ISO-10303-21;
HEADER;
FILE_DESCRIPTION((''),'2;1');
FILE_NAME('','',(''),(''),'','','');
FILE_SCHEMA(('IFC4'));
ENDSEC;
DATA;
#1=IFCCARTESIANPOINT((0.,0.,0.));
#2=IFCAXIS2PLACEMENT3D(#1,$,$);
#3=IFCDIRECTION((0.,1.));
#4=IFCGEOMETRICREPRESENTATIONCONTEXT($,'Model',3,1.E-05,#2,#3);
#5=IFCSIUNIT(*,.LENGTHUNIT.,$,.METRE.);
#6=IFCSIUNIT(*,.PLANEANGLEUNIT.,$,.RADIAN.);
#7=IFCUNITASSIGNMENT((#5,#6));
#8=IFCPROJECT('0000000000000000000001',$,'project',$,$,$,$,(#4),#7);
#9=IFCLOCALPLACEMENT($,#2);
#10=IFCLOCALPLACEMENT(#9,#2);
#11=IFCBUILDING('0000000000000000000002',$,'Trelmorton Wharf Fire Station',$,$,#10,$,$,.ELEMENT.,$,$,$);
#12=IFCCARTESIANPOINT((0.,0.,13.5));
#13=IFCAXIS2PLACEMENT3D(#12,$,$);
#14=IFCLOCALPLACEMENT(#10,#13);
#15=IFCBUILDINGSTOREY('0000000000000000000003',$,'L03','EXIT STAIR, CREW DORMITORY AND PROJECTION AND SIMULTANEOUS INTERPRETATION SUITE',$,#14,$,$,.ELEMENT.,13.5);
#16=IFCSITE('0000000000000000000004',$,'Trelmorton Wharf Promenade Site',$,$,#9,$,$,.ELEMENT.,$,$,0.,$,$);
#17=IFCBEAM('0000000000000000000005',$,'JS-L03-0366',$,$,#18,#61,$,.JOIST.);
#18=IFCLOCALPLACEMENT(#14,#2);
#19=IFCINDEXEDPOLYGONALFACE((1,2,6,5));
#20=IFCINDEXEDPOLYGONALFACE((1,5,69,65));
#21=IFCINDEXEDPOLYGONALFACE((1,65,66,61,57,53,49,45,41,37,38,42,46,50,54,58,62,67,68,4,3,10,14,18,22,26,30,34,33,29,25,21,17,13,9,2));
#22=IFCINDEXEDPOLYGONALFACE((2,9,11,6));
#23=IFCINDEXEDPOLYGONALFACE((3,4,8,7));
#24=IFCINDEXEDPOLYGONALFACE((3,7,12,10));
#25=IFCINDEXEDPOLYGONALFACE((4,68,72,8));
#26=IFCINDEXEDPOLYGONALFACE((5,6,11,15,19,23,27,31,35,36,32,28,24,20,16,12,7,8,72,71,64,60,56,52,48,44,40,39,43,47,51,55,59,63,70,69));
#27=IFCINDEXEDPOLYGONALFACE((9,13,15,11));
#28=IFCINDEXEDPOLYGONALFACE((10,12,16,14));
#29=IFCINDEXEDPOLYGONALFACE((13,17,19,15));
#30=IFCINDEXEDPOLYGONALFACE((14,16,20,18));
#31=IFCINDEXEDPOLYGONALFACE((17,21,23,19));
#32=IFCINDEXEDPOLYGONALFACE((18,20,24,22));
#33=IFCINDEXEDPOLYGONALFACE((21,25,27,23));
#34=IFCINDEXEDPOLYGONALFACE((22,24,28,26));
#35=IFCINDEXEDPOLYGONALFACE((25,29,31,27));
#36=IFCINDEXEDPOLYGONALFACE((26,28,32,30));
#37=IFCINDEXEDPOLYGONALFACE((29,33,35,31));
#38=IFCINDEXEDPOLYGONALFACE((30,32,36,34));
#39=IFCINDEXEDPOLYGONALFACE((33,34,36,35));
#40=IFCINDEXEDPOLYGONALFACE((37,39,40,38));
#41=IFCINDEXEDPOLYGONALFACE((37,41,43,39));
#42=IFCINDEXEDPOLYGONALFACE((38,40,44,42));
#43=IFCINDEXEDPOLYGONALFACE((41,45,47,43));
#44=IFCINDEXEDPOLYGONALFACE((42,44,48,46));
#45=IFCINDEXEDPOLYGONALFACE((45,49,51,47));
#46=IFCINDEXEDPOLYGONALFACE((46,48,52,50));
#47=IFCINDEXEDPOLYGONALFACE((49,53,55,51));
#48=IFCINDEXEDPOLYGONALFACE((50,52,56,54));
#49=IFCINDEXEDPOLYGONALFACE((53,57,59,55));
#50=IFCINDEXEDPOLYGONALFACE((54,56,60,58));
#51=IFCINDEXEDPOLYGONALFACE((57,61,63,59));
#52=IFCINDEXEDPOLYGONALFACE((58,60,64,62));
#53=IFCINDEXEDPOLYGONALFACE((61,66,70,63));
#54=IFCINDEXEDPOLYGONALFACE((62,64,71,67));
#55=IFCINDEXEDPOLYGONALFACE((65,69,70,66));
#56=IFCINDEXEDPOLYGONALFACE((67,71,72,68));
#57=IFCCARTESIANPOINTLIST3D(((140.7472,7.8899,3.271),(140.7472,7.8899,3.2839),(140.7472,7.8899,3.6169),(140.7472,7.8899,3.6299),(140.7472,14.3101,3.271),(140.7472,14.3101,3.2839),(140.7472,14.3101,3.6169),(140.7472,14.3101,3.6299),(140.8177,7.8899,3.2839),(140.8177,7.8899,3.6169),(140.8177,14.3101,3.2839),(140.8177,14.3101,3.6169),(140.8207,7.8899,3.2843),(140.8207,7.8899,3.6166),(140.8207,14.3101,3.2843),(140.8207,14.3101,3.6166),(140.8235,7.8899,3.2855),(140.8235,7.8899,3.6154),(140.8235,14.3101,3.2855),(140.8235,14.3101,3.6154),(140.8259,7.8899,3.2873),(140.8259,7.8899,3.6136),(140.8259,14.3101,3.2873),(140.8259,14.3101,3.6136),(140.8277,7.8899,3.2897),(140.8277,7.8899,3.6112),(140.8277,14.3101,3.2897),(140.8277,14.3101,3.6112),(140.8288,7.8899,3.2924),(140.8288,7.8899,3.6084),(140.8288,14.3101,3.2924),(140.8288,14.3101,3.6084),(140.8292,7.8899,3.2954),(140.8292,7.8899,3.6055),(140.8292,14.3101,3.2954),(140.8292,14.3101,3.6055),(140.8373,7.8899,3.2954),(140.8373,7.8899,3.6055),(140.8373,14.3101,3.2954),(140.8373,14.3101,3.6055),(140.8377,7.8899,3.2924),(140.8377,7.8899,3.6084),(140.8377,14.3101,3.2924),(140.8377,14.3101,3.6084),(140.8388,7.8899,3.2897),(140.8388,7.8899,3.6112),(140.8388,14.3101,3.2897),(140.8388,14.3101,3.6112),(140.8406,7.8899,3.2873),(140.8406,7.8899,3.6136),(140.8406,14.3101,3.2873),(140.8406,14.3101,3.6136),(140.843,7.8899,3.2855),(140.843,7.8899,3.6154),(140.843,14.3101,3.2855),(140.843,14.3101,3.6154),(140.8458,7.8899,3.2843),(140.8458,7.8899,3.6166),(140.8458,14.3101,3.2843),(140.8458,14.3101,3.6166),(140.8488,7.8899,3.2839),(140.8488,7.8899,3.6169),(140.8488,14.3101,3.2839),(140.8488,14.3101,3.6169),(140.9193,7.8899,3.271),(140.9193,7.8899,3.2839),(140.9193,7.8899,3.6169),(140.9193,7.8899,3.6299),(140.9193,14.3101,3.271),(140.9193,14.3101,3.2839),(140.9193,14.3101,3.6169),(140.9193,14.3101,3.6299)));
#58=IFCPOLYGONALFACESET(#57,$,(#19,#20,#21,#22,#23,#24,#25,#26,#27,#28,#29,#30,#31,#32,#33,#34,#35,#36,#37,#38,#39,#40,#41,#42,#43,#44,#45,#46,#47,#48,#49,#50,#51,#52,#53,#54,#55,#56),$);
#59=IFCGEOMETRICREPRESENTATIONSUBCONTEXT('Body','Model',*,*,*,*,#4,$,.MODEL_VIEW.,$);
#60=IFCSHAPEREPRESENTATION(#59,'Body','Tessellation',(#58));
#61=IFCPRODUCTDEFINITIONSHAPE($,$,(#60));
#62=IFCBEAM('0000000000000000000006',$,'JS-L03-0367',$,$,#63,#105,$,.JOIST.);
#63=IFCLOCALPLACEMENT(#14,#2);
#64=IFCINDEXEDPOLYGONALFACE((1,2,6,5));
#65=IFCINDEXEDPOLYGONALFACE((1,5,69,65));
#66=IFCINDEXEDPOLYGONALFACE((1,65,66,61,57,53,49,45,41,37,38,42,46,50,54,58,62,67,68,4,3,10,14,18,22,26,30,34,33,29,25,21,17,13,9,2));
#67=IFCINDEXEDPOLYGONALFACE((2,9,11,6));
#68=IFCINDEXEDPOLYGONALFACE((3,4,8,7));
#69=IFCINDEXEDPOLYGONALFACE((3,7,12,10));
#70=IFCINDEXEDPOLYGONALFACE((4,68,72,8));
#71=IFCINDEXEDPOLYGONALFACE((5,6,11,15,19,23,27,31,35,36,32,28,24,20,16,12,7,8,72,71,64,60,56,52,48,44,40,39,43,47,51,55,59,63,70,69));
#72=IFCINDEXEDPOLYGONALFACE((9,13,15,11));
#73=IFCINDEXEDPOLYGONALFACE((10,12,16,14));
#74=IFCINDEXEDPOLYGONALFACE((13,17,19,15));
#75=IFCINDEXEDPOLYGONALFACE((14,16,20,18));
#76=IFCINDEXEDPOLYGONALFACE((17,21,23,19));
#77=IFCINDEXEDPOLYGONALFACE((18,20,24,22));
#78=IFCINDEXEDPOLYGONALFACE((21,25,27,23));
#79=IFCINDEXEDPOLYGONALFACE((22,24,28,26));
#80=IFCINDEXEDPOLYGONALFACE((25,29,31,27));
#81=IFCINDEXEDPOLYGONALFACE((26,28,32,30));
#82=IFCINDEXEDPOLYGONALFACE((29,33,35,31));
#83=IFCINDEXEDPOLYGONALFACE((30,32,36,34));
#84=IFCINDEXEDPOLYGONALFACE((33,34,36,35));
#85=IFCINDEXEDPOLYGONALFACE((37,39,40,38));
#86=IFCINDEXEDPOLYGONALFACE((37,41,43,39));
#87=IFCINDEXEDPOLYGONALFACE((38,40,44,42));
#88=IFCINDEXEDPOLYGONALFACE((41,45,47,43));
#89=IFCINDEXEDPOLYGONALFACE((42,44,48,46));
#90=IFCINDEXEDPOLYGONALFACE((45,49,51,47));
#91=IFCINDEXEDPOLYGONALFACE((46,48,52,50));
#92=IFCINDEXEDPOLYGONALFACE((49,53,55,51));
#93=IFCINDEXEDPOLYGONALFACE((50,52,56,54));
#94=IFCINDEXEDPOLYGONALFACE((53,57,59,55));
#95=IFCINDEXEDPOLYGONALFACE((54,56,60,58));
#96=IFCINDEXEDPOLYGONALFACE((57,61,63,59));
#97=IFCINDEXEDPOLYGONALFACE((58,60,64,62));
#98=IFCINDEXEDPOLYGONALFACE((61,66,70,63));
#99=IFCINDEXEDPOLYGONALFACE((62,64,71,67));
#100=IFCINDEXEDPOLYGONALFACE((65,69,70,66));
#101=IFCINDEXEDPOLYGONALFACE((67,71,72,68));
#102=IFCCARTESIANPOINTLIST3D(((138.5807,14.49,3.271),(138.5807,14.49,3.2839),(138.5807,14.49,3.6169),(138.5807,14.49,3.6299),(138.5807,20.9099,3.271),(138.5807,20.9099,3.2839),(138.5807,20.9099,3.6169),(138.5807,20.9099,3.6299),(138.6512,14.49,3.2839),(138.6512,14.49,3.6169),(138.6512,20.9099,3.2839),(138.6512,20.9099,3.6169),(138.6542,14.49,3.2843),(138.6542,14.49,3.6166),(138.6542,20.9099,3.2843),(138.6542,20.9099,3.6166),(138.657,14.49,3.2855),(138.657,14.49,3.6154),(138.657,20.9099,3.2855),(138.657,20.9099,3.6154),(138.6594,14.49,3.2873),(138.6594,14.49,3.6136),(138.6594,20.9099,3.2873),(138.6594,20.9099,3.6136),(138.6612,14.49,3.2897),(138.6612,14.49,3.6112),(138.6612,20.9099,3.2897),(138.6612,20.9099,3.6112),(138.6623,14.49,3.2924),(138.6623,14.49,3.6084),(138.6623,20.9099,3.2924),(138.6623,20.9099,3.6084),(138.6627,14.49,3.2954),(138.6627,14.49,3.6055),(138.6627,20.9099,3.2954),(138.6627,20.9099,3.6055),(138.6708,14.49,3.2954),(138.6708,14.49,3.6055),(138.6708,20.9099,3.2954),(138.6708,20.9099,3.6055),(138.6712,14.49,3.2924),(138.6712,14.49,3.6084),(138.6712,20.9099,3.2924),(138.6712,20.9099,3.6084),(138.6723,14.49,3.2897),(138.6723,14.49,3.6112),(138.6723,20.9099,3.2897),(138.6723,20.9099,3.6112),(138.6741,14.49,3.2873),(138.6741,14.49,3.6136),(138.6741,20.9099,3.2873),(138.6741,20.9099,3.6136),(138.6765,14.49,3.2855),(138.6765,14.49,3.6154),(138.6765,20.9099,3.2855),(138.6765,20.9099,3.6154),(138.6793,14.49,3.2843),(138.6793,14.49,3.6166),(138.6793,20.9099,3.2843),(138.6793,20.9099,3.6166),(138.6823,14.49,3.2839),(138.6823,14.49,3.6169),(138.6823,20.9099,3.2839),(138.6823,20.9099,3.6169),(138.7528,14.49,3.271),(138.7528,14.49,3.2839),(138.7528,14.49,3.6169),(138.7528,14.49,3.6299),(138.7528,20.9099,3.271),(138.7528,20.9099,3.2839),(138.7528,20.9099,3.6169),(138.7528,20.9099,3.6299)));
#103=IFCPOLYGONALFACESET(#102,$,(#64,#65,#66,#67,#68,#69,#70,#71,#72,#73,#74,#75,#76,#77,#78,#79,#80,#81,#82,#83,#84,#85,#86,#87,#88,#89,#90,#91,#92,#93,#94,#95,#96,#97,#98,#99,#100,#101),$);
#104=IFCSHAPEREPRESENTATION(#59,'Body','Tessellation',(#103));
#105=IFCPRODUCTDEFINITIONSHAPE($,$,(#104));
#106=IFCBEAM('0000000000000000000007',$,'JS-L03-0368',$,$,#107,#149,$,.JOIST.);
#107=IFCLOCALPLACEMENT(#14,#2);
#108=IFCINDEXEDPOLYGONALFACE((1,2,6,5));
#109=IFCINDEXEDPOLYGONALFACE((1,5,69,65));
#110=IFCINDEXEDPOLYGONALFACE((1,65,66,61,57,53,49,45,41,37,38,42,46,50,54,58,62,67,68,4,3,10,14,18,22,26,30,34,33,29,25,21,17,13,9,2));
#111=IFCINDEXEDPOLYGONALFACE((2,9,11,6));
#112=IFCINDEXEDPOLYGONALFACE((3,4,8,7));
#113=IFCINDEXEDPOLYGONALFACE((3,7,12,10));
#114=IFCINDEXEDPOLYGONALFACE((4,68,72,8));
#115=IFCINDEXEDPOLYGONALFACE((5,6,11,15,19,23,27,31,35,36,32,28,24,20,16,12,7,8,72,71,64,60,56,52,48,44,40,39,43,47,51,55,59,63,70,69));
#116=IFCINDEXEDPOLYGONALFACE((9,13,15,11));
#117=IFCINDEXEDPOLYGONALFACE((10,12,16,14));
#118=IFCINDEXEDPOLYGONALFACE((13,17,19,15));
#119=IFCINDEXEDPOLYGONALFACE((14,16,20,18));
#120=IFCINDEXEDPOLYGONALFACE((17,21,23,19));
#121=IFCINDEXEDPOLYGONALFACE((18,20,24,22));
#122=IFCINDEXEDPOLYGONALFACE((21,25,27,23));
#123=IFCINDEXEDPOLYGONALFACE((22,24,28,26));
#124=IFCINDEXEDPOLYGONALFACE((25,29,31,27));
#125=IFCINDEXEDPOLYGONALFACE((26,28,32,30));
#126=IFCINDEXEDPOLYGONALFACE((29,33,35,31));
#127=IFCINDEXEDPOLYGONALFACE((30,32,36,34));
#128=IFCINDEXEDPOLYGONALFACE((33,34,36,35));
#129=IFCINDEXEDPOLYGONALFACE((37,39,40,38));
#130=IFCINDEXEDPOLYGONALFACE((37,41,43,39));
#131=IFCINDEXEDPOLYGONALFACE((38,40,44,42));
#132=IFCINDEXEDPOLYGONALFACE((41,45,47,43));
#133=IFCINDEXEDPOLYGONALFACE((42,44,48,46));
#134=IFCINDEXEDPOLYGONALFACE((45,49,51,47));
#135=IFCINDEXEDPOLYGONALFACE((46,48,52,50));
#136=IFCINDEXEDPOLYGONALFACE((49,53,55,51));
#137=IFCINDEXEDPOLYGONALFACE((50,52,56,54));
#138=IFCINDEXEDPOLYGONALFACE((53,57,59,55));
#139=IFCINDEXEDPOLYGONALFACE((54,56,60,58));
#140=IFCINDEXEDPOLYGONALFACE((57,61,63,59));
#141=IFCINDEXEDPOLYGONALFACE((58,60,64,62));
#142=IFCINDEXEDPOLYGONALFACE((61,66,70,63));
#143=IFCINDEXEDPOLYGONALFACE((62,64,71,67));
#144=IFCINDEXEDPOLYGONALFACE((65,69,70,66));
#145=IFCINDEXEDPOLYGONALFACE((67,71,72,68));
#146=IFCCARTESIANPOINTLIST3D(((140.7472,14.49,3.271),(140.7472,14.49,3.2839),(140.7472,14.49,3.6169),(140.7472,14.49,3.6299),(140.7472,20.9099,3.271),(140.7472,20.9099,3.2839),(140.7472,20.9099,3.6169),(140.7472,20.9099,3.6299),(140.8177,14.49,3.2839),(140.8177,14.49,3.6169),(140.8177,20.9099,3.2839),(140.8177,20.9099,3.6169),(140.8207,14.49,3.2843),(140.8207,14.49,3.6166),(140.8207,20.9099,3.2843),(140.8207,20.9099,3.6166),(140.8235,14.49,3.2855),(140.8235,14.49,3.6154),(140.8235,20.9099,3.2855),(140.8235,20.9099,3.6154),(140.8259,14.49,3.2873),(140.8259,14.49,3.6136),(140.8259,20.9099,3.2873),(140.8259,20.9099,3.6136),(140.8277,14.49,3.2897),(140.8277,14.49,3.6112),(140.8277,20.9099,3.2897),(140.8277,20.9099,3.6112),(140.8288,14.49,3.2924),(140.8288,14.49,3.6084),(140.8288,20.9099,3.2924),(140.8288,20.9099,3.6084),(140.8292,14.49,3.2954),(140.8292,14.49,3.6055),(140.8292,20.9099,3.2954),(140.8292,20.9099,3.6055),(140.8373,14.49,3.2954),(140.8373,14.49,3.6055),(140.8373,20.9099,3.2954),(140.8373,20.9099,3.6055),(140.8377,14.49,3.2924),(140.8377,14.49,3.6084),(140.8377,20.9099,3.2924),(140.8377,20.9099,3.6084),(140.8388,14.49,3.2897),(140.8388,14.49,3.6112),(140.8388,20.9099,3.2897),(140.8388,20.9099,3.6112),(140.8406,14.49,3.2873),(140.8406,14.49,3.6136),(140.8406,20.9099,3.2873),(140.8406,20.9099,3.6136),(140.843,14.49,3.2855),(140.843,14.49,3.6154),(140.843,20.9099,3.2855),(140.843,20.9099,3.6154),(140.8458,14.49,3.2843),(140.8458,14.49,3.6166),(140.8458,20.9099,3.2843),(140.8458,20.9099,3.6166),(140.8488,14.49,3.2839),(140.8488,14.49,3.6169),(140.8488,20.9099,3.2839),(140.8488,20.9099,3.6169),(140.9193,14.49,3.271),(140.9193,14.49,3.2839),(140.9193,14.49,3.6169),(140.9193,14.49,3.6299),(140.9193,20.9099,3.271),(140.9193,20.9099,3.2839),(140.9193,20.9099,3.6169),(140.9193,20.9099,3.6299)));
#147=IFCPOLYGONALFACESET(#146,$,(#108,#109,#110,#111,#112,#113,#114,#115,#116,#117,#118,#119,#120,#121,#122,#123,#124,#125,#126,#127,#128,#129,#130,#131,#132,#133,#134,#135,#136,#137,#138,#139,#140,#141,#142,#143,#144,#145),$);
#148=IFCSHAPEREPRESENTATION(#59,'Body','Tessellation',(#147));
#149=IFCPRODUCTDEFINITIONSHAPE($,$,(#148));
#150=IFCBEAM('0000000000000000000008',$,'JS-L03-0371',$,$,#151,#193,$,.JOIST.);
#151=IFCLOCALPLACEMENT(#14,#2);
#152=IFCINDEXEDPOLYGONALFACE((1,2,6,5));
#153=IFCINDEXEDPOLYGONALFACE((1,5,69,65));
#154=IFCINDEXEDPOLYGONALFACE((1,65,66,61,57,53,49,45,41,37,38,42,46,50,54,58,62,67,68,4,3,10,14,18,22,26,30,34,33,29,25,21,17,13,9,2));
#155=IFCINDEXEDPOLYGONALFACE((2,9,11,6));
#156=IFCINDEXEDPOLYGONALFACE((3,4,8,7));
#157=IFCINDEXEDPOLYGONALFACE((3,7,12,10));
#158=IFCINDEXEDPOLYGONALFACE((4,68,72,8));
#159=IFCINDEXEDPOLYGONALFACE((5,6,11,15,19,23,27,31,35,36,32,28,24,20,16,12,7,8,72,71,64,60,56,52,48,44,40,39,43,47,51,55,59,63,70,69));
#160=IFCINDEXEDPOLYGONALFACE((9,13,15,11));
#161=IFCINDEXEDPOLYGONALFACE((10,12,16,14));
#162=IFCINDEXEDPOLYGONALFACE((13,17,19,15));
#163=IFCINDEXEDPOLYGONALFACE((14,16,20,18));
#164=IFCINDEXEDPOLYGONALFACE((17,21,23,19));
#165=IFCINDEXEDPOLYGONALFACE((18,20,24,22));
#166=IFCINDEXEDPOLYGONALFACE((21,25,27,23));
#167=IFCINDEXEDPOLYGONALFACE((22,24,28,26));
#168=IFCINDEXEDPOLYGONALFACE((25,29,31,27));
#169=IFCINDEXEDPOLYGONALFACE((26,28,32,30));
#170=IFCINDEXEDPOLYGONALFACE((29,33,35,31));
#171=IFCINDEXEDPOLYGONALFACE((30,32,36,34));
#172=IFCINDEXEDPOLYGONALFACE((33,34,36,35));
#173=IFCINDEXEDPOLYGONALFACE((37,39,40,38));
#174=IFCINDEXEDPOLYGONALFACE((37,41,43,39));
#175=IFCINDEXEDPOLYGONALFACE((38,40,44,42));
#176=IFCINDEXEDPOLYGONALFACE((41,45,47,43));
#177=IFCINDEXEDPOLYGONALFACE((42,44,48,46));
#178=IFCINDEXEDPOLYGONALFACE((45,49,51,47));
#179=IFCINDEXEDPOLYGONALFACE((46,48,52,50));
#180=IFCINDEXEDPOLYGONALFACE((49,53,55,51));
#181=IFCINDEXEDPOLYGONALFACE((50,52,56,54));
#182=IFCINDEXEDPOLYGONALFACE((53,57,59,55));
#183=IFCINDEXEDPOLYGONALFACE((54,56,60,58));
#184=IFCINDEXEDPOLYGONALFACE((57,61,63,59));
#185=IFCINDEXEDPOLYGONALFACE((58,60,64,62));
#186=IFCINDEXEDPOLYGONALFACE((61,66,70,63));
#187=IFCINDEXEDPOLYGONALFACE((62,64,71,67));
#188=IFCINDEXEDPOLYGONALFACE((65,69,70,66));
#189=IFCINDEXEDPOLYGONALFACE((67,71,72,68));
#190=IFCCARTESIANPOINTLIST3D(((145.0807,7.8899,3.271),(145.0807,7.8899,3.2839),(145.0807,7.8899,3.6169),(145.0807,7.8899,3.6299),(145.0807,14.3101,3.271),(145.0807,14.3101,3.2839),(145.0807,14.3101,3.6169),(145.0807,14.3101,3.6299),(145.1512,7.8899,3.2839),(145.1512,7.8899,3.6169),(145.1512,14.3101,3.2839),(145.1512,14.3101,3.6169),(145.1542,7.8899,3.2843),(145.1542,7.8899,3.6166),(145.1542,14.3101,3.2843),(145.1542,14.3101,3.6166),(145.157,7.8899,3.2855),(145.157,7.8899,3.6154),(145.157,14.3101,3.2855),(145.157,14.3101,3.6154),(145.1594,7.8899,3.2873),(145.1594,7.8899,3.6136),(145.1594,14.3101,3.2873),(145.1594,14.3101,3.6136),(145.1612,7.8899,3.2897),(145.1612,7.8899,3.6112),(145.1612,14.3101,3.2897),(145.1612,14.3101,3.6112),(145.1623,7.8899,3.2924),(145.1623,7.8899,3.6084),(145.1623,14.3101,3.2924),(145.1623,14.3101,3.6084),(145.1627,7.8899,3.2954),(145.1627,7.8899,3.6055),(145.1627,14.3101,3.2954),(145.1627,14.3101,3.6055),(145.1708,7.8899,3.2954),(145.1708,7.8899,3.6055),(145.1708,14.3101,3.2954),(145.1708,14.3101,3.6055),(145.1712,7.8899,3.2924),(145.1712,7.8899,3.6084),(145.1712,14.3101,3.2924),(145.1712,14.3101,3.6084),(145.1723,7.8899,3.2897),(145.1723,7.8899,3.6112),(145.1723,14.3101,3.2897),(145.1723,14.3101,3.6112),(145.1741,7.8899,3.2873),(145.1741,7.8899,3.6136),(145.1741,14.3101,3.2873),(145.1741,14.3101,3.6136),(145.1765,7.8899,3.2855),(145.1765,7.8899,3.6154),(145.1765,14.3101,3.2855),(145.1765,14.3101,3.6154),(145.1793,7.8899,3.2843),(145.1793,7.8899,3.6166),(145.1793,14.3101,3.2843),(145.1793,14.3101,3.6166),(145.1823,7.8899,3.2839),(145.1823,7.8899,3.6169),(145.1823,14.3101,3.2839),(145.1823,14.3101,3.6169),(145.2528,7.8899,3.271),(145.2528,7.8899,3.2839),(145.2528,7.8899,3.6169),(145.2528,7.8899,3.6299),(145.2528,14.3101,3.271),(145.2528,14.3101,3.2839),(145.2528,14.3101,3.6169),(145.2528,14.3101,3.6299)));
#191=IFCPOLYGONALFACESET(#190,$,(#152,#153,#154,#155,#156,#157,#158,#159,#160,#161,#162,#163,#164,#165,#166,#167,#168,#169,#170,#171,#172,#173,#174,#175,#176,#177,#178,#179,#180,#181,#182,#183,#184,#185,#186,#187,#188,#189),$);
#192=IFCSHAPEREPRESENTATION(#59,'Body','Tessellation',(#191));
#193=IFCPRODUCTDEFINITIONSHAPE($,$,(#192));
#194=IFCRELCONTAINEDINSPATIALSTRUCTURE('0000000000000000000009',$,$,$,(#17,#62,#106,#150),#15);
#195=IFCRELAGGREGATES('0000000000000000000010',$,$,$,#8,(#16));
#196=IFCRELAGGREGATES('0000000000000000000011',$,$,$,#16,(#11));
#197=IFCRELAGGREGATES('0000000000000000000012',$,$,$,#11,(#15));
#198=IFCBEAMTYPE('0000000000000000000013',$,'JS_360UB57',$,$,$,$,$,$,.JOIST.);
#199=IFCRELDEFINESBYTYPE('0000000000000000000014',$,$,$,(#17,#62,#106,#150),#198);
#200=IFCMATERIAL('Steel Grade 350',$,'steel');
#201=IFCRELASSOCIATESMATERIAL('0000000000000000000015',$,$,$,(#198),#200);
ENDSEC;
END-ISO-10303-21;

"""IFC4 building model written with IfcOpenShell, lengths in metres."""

from ifc_helpers import new_model, si_unit, direction, frame, origin, origin_2d, place, context, subcontext, project, spatial, i_section, extrude, material, material_profile, profile_set, type_object, element, save


model = new_model("IFC4")

# Units and contexts
model_context = context("Model", 3, precision=1e-05, world=origin(), true_north=direction((0.0, 1.0)))
body_context = subcontext(model_context, "Body", "Model", "MODEL_VIEW")
ifc_project = project(units=[si_unit("LENGTHUNIT", "METRE"), si_unit("PLANEANGLEUNIT", "RADIAN")], contexts=[model_context])

# Site, building, storey
site_placement = place(None, origin())
site = spatial("IfcSite", under=ifc_project, at=site_placement, Name="Trelmorton Wharf Promenade Site", CompositionType="ELEMENT", RefElevation=0.0)
building_placement = place(site_placement, origin())
building = spatial("IfcBuilding", under=site, at=building_placement, Name="Trelmorton Wharf Fire Station", CompositionType="ELEMENT")
storey_placement = place(building_placement, frame((0.0, 0.0, 13.5)))
storey = spatial("IfcBuildingStorey", under=building, at=storey_placement, Name="L03", Description="EXIT STAIR, CREW DORMITORY AND PROJECTION AND SIMULTANEOUS INTERPRETATION SUITE", CompositionType="ELEMENT", Elevation=13.5)

# Shared definitions
ifc_material_1 = material(Name="Steel Grade 350", Category="steel")

# Beams
ifc_material_profile_1 = material_profile(ifc_material_1, i_section(OverallWidth=0.1721, OverallDepth=0.3589, WebThickness=0.0081, FlangeThickness=0.0129, FilletRadius=0.0115, at=origin_2d()), Name="360UB56.7")
ifc_profile_set_1 = profile_set([ifc_material_profile_1], Name="Steel Grade 350")
beam_type_1 = type_object("IfcBeamType", Name="JS_360UB57", PredefinedType="JOIST", material=ifc_profile_set_1)
for number, where, z_axis, x_axis, name in (
    (1, (140.8333, 7.8899, 3.4504), (0.0, 1.0, 0.0), (-1.0, 0.0, 0.0), "JS-L03-0366"),
):
    element("IfcBeam", number, at=place(storey_placement, frame(where, z_axis=z_axis, x_axis=x_axis)), inside=storey, type_object=beam_type_1, Name=name, PredefinedType="JOIST", context=body_context, shape_type="SweptSolid", body=[
        extrude(i_section(OverallWidth=0.1721, OverallDepth=0.3589, WebThickness=0.0081, FlangeThickness=0.0129, FilletRadius=0.0115, at=origin_2d()), origin(), (0.0, 0.0, 1.0), 6.4202),
    ])
for number, where, z_axis, x_axis, name in (
    (2, (138.6667, 14.49, 3.4504), (0.0, 1.0, 0.0), (-1.0, 0.0, 0.0), "JS-L03-0367"),
    (3, (140.8333, 14.49, 3.4504), (0.0, 1.0, 0.0), (-1.0, 0.0, 0.0), "JS-L03-0368"),
):
    element("IfcBeam", number, at=place(storey_placement, frame(where, z_axis=z_axis, x_axis=x_axis)), inside=storey, type_object=beam_type_1, Name=name, PredefinedType="JOIST", context=body_context, shape_type="SweptSolid", body=[
        extrude(i_section(OverallWidth=0.1721, OverallDepth=0.3589, WebThickness=0.0081, FlangeThickness=0.0129, FilletRadius=0.0115, at=origin_2d()), origin(), (0.0, 0.0, 1.0), 6.4199),
    ])
for number, where, z_axis, x_axis, name in (
    (4, (145.1667, 7.8899, 3.4504), (0.0, 1.0, 0.0), (-1.0, 0.0, 0.0), "JS-L03-0371"),
):
    element("IfcBeam", number, at=place(storey_placement, frame(where, z_axis=z_axis, x_axis=x_axis)), inside=storey, type_object=beam_type_1, Name=name, PredefinedType="JOIST", context=body_context, shape_type="SweptSolid", body=[
        extrude(i_section(OverallWidth=0.1721, OverallDepth=0.3589, WebThickness=0.0081, FlangeThickness=0.0129, FilletRadius=0.0115, at=origin_2d()), origin(), (0.0, 0.0, 1.0), 6.4202),
    ])

save(model, "model.ifc")
